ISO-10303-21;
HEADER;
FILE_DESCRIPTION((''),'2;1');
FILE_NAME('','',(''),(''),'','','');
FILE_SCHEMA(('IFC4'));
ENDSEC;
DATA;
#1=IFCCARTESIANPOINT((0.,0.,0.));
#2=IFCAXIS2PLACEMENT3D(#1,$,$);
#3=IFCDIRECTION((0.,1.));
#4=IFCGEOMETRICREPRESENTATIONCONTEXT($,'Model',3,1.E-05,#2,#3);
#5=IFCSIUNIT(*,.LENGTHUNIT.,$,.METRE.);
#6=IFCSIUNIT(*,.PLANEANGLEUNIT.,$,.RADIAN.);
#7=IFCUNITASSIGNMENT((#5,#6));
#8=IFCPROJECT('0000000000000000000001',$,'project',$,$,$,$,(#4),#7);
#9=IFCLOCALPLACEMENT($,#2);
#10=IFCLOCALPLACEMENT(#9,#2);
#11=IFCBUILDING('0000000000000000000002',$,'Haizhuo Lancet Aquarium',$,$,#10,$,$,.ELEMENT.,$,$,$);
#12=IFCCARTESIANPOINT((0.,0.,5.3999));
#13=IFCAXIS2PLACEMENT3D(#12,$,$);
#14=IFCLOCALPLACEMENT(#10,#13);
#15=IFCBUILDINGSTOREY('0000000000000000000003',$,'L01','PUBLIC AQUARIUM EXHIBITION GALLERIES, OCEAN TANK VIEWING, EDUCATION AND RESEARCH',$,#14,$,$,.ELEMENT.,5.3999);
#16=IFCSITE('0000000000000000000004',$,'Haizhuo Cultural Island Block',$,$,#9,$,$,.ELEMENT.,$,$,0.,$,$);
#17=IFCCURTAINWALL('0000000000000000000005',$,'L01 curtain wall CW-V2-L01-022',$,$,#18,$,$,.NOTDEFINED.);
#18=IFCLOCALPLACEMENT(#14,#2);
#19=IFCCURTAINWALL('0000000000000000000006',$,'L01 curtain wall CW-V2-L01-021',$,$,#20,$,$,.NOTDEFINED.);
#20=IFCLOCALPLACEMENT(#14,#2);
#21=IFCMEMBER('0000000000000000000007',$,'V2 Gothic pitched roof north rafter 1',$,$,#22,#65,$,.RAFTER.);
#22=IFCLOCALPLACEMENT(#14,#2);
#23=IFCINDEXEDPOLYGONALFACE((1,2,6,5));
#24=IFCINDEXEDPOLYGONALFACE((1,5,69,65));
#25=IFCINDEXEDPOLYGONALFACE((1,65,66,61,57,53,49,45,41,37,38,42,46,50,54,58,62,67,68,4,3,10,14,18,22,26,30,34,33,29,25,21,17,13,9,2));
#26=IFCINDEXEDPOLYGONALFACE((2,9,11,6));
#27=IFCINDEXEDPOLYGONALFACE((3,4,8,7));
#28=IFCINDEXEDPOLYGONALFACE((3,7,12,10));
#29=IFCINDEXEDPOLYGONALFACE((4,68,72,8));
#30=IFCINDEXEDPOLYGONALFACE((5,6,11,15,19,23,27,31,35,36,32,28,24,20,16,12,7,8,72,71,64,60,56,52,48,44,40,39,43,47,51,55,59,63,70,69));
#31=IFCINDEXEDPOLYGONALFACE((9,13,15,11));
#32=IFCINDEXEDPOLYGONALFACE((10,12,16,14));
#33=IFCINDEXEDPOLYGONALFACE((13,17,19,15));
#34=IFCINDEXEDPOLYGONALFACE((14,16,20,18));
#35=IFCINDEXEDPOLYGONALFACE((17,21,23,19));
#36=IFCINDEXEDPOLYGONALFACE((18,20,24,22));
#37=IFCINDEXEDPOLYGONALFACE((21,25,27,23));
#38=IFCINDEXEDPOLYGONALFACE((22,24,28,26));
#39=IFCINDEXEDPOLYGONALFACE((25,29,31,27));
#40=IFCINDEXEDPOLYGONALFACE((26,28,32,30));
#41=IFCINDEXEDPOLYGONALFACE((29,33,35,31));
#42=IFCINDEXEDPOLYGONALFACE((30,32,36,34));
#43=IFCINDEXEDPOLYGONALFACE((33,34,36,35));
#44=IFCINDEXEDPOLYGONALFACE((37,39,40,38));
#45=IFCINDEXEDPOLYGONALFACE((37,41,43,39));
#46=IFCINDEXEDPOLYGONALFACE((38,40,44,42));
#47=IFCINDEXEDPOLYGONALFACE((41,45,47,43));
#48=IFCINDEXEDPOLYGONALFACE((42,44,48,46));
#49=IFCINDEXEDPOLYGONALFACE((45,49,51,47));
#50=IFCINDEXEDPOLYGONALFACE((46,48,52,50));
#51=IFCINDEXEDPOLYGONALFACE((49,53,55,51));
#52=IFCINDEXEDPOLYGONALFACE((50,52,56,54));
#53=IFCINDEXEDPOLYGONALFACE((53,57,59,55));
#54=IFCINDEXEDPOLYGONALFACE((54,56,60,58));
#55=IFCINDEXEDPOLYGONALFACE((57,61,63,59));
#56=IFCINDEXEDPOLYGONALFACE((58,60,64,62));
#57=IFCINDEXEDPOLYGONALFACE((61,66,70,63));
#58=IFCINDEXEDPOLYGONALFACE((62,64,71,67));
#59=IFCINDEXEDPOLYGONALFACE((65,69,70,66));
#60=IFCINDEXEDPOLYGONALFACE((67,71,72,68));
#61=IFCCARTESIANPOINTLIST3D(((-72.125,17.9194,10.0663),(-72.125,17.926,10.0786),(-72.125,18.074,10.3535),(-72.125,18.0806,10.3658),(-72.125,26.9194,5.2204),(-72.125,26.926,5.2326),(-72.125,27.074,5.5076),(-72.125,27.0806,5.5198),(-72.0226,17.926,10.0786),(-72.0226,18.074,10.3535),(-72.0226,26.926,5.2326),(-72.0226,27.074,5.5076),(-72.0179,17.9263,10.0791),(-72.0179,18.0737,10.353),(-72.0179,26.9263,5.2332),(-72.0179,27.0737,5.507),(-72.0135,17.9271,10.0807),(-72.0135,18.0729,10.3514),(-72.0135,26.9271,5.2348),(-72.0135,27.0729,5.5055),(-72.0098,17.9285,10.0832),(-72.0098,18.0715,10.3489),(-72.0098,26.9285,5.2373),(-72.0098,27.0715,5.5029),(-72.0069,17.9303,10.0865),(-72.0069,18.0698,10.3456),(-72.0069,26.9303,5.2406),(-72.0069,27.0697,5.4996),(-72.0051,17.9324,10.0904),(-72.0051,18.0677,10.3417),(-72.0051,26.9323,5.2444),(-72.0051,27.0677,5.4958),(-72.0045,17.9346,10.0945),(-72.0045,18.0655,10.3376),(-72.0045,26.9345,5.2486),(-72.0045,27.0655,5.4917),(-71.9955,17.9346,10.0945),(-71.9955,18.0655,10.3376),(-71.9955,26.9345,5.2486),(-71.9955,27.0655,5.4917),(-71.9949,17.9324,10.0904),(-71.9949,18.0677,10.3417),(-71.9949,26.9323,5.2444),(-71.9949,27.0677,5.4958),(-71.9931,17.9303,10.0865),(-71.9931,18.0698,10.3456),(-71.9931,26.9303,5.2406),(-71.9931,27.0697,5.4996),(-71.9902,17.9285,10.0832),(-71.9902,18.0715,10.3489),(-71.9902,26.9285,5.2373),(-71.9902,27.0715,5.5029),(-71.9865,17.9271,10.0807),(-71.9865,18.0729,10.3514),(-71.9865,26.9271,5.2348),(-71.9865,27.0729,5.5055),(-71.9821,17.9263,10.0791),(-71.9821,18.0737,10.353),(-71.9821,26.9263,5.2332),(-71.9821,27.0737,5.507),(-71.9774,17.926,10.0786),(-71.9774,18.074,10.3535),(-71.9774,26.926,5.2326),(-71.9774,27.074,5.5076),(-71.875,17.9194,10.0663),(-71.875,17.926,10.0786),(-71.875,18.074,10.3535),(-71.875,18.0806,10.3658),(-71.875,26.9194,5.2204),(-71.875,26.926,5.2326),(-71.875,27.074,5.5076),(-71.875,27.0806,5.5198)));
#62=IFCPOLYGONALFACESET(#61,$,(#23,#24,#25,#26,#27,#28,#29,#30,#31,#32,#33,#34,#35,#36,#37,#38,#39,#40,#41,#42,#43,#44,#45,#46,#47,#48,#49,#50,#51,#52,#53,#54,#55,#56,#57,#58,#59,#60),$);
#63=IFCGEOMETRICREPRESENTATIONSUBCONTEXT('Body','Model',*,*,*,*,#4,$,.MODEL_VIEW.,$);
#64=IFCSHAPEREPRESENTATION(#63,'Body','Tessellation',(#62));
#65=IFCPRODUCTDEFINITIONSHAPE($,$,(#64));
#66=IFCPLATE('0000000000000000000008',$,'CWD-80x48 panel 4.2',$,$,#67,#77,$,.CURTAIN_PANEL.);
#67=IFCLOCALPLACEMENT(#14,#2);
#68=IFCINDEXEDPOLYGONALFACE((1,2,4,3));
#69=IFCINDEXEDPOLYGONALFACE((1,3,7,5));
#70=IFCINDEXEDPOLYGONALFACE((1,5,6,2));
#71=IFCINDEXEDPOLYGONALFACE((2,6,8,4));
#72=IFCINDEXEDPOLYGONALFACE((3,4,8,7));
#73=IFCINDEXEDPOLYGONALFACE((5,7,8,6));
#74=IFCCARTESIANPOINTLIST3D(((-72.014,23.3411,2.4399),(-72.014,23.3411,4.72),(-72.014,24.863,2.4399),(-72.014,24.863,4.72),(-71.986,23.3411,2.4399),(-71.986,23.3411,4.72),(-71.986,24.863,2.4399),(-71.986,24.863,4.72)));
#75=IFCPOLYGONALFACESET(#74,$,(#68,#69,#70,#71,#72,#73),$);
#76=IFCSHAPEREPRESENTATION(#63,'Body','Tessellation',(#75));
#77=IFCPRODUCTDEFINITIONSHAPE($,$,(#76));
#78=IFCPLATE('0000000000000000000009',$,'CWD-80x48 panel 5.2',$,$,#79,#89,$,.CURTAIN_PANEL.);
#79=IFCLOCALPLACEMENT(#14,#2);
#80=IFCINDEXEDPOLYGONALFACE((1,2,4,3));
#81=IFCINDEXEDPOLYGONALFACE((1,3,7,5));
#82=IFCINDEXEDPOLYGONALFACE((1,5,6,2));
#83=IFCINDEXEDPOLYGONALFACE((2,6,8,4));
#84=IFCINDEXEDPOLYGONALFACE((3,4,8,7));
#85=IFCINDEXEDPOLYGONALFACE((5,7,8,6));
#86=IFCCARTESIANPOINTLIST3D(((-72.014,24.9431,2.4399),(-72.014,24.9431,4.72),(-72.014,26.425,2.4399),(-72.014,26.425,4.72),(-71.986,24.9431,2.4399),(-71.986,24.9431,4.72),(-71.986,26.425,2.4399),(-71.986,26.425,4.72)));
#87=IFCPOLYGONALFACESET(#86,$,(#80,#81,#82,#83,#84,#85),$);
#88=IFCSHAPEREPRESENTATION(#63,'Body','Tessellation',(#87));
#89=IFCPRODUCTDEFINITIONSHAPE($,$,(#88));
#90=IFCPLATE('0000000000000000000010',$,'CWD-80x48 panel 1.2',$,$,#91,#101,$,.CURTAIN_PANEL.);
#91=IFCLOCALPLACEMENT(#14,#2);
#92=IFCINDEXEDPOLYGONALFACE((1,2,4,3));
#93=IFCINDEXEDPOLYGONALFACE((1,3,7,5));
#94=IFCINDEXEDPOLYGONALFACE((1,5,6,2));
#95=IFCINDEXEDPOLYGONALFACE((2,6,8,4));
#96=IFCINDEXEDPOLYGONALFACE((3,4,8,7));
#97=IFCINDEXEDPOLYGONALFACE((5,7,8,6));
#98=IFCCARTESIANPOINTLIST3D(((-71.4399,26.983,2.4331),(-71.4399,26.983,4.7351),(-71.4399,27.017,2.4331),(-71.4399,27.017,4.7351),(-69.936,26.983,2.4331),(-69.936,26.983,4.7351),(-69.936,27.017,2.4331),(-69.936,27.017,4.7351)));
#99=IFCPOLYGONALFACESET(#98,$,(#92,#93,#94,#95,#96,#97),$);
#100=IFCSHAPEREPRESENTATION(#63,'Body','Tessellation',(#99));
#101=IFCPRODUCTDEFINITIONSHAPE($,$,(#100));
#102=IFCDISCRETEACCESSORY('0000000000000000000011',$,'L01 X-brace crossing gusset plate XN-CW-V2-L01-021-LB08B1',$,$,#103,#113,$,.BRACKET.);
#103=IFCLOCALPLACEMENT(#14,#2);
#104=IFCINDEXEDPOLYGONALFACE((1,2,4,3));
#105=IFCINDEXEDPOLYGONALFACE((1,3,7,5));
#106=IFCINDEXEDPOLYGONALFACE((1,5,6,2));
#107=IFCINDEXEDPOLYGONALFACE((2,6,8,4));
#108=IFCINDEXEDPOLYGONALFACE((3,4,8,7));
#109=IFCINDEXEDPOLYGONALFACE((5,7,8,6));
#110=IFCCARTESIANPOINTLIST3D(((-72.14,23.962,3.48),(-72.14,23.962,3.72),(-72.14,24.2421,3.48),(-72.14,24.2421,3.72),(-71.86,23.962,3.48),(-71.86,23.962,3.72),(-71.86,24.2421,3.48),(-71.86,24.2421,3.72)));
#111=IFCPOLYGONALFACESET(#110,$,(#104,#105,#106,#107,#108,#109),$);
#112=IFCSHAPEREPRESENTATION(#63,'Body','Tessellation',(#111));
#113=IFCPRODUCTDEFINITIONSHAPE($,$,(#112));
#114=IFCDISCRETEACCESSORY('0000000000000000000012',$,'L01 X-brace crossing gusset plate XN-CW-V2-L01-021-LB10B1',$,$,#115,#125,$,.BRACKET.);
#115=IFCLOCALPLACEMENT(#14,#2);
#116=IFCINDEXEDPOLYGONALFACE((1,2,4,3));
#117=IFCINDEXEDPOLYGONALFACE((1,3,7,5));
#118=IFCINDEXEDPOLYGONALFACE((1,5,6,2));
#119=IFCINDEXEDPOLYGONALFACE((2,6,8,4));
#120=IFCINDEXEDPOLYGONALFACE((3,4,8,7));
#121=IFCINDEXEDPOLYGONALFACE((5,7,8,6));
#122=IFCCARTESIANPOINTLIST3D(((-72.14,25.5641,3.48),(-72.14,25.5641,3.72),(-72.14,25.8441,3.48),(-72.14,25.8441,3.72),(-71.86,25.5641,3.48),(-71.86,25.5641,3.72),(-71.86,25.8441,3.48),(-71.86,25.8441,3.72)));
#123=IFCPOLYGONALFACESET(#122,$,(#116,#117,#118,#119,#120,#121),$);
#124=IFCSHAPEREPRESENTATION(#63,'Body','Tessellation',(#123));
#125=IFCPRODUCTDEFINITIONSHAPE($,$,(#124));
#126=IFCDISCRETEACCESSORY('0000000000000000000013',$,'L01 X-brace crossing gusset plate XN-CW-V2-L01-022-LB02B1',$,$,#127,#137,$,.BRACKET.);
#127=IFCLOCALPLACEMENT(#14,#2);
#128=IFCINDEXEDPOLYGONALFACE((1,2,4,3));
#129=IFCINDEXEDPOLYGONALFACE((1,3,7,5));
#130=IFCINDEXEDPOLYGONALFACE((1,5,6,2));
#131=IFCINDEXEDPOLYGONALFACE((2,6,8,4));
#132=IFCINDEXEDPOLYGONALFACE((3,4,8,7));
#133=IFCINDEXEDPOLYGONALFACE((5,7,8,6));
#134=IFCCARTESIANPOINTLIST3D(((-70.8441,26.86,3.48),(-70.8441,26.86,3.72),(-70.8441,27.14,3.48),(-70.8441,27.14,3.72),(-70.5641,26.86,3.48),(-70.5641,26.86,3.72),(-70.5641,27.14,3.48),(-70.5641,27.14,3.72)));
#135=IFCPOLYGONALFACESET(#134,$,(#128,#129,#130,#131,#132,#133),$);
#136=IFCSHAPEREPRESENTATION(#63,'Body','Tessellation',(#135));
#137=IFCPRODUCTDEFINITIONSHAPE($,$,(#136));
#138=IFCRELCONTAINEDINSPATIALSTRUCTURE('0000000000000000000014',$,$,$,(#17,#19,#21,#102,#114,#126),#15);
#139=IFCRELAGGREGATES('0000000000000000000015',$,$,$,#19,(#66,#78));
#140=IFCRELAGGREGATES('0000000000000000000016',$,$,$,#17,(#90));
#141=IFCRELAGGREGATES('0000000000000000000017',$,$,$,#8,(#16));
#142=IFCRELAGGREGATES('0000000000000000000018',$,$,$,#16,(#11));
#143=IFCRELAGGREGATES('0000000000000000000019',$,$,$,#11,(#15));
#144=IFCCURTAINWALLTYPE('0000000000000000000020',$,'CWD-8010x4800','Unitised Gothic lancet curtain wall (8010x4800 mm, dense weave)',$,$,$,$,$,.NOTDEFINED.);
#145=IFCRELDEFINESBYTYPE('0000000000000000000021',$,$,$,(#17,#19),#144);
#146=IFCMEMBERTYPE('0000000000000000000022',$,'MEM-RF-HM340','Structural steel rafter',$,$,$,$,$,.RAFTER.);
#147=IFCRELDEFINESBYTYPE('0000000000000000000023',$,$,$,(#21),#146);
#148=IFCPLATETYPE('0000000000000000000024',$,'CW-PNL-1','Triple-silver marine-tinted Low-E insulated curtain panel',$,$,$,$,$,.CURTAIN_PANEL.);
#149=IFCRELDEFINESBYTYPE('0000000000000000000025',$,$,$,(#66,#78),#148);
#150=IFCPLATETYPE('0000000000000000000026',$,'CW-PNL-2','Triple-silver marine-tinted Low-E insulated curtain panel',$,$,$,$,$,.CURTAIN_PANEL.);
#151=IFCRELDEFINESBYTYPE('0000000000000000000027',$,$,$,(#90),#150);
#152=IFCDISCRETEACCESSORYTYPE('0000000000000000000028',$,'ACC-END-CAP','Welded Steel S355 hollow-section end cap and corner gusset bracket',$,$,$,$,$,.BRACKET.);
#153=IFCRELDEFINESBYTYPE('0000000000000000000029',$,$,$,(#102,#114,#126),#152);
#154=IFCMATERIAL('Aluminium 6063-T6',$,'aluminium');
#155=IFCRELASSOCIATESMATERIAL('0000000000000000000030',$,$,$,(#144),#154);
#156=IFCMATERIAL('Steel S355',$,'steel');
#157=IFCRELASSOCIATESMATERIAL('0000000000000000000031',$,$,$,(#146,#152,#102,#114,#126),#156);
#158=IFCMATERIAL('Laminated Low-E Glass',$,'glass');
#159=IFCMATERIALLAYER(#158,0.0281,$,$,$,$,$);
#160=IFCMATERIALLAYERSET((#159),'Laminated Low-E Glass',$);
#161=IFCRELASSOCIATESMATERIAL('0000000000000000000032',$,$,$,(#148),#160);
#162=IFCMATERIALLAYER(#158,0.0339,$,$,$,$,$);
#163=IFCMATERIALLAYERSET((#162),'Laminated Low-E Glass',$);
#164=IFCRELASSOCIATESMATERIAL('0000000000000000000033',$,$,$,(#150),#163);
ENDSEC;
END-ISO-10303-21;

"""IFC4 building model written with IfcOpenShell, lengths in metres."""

from ifc_helpers import new_model, si_unit, direction, frame, origin, origin_2d, place, context, subcontext, project, spatial, rectangle, i_section, extrude, material, layer, layer_set, material_profile, profile_set, type_object, element, aggregate, save


model = new_model("IFC4")

# Units and contexts
model_context = context("Model", 3, precision=1e-05, world=origin(), true_north=direction((0.0, 1.0)))
body_context = subcontext(model_context, "Body", "Model", "MODEL_VIEW")
ifc_project = project(units=[si_unit("LENGTHUNIT", "METRE"), si_unit("PLANEANGLEUNIT", "RADIAN")], contexts=[model_context])

# Site, building, storey
site_placement = place(None, origin())
site = spatial("IfcSite", under=ifc_project, at=site_placement, Name="Haizhuo Cultural Island Block", CompositionType="ELEMENT", RefElevation=0.0)
building_placement = place(site_placement, origin())
building = spatial("IfcBuilding", under=site, at=building_placement, Name="Haizhuo Lancet Aquarium", CompositionType="ELEMENT")
storey_placement = place(building_placement, frame((0.0, 0.0, 5.3999)))
storey = spatial("IfcBuildingStorey", under=building, at=storey_placement, Name="L01", Description="PUBLIC AQUARIUM EXHIBITION GALLERIES, OCEAN TANK VIEWING, EDUCATION AND RESEARCH", CompositionType="ELEMENT", Elevation=5.3999)

# Shared definitions
ifc_material_1 = material(Name="Steel S355", Category="steel")

# Curtain walls
ifc_material_2 = material(Name="Aluminium 6063-T6", Category="aluminium")
curtain_wall_type = type_object("IfcCurtainWallType", Name="CWD-8010x4800", Description="Unitised Gothic lancet curtain wall (8010x4800 mm, dense weave)", PredefinedType="NOTDEFINED", material=ifc_material_2)
curtain_wall_1_placement = place(storey_placement, origin())
curtain_wall_1 = element("IfcCurtainWall", 1, at=curtain_wall_1_placement, inside=storey, type_object=curtain_wall_type, Name="L01 curtain wall CW-V2-L01-022", PredefinedType="NOTDEFINED")
curtain_wall_2_placement = place(storey_placement, origin())
curtain_wall_2 = element("IfcCurtainWall", 2, at=curtain_wall_2_placement, inside=storey, type_object=curtain_wall_type, Name="L01 curtain wall CW-V2-L01-021", PredefinedType="NOTDEFINED")

# Member
ifc_material_profile_1 = material_profile(ifc_material_1, i_section(OverallWidth=0.25, OverallDepth=0.3401, WebThickness=0.009, FlangeThickness=0.0139, FilletRadius=0.0181, at=origin_2d()), Name="HM 340x250x9x14")
ifc_profile_set_1 = profile_set([ifc_material_profile_1], Name="Steel S355")
member_type_1 = type_object("IfcMemberType", Name="MEM-RF-HM340", Description="Structural steel rafter", PredefinedType="RAFTER", material=ifc_profile_set_1)
member_1_placement = place(storey_placement, frame((-72.0, 27.0, 5.3701), z_axis=(0.0, -0.88048, 0.474084), x_axis=(1.0, 0.0, 0.0)))
element("IfcMember", 3, at=member_1_placement, inside=storey, type_object=member_type_1, Name="V2 Gothic pitched roof north rafter 1", PredefinedType="RAFTER", context=body_context, shape_type="SweptSolid", body=[
    extrude(i_section(OverallWidth=0.25, OverallDepth=0.3401, WebThickness=0.009, FlangeThickness=0.0139, FilletRadius=0.0181, at=origin_2d()), origin(), (0.0, 0.0, 1.0), 10.2217),
])

# Plates
ifc_material_3 = material(Name="Laminated Low-E Glass", Category="glass")
ifc_layer_1 = layer(ifc_material_3, 0.0281)
ifc_layer_set_1 = layer_set([ifc_layer_1], Name="Laminated Low-E Glass")
plate_type_1 = type_object("IfcPlateType", Name="CW-PNL-1", Description="Triple-silver marine-tinted Low-E insulated curtain panel", PredefinedType="CURTAIN_PANEL", material=ifc_layer_set_1)
plate_1_placement = place(storey_placement, frame((-72.0, 24.1021, 2.4399), z_axis=(0.0, 0.0, 1.0), x_axis=(0.0, 1.0, 0.0)))
plate_1 = element("IfcPlate", 4, at=plate_1_placement, type_object=plate_type_1, Name="CWD-80x48 panel 4.2", PredefinedType="CURTAIN_PANEL", context=body_context, shape_type="SweptSolid", body=[
    extrude(rectangle(XDim=1.522, YDim=0.0281, at=origin_2d()), origin(), (0.0, 0.0, 1.0), 2.28),
])
plate_2_placement = place(storey_placement, frame((-72.0, 25.6841, 2.4399), z_axis=(0.0, 0.0, 1.0), x_axis=(0.0, 1.0, 0.0)))
plate_2 = element("IfcPlate", 5, at=plate_2_placement, type_object=plate_type_1, Name="CWD-80x48 panel 5.2", PredefinedType="CURTAIN_PANEL", context=body_context, shape_type="SweptSolid", body=[
    extrude(rectangle(XDim=1.4819, YDim=0.0281, at=origin_2d()), origin(), (0.0, 0.0, 1.0), 2.28),
])
aggregate(curtain_wall_2, [plate_1, plate_2])
ifc_layer_2 = layer(ifc_material_3, 0.0339)
ifc_layer_set_2 = layer_set([ifc_layer_2], Name="Laminated Low-E Glass")
plate_type_2 = type_object("IfcPlateType", Name="CW-PNL-2", Description="Triple-silver marine-tinted Low-E insulated curtain panel", PredefinedType="CURTAIN_PANEL", material=ifc_layer_set_2)
plate_3_placement = place(storey_placement, frame((-70.688, 27.0, 2.4331), z_axis=(0.0, 0.0, 1.0), x_axis=(1.0, 0.0, 0.0)))
plate_3 = element("IfcPlate", 6, at=plate_3_placement, type_object=plate_type_2, Name="CWD-80x48 panel 1.2", PredefinedType="CURTAIN_PANEL", context=body_context, shape_type="SweptSolid", body=[
    extrude(rectangle(XDim=1.5039, YDim=0.0339, at=origin_2d()), origin(), (0.0, 0.0, 1.0), 2.302),
])
aggregate(curtain_wall_1, [plate_3])

# Discrete accessories
discrete_accessory_type = type_object("IfcDiscreteAccessoryType", Name="ACC-END-CAP", Description="Welded Steel S355 hollow-section end cap and corner gusset bracket", PredefinedType="BRACKET", material=ifc_material_1)
for number, where, z_axis, x_axis, name in (
    (7, (-72.0, 24.1021, 3.48), (0.0, 0.0, 1.0), (1.0, 0.0, 0.0), "L01 X-brace crossing gusset plate XN-CW-V2-L01-021-LB08B1"),
    (8, (-72.0, 25.7041, 3.48), (0.0, 0.0, 1.0), (1.0, 0.0, 0.0), "L01 X-brace crossing gusset plate XN-CW-V2-L01-021-LB10B1"),
    (9, (-70.7041, 27.0, 3.48), (0.0, 0.0, 1.0), (1.0, 0.0, 0.0), "L01 X-brace crossing gusset plate XN-CW-V2-L01-022-LB02B1"),
):
    element("IfcDiscreteAccessory", number, at=place(storey_placement, frame(where, z_axis=z_axis, x_axis=x_axis)), inside=storey, type_object=discrete_accessory_type, material=ifc_material_1, Name=name, PredefinedType="BRACKET", context=body_context, shape_type="SweptSolid", body=[
        extrude(rectangle(XDim=0.28, YDim=0.28, at=origin_2d()), origin(), (0.0, 0.0, 1.0), 0.24),
    ])

save(model, "model.ifc")
